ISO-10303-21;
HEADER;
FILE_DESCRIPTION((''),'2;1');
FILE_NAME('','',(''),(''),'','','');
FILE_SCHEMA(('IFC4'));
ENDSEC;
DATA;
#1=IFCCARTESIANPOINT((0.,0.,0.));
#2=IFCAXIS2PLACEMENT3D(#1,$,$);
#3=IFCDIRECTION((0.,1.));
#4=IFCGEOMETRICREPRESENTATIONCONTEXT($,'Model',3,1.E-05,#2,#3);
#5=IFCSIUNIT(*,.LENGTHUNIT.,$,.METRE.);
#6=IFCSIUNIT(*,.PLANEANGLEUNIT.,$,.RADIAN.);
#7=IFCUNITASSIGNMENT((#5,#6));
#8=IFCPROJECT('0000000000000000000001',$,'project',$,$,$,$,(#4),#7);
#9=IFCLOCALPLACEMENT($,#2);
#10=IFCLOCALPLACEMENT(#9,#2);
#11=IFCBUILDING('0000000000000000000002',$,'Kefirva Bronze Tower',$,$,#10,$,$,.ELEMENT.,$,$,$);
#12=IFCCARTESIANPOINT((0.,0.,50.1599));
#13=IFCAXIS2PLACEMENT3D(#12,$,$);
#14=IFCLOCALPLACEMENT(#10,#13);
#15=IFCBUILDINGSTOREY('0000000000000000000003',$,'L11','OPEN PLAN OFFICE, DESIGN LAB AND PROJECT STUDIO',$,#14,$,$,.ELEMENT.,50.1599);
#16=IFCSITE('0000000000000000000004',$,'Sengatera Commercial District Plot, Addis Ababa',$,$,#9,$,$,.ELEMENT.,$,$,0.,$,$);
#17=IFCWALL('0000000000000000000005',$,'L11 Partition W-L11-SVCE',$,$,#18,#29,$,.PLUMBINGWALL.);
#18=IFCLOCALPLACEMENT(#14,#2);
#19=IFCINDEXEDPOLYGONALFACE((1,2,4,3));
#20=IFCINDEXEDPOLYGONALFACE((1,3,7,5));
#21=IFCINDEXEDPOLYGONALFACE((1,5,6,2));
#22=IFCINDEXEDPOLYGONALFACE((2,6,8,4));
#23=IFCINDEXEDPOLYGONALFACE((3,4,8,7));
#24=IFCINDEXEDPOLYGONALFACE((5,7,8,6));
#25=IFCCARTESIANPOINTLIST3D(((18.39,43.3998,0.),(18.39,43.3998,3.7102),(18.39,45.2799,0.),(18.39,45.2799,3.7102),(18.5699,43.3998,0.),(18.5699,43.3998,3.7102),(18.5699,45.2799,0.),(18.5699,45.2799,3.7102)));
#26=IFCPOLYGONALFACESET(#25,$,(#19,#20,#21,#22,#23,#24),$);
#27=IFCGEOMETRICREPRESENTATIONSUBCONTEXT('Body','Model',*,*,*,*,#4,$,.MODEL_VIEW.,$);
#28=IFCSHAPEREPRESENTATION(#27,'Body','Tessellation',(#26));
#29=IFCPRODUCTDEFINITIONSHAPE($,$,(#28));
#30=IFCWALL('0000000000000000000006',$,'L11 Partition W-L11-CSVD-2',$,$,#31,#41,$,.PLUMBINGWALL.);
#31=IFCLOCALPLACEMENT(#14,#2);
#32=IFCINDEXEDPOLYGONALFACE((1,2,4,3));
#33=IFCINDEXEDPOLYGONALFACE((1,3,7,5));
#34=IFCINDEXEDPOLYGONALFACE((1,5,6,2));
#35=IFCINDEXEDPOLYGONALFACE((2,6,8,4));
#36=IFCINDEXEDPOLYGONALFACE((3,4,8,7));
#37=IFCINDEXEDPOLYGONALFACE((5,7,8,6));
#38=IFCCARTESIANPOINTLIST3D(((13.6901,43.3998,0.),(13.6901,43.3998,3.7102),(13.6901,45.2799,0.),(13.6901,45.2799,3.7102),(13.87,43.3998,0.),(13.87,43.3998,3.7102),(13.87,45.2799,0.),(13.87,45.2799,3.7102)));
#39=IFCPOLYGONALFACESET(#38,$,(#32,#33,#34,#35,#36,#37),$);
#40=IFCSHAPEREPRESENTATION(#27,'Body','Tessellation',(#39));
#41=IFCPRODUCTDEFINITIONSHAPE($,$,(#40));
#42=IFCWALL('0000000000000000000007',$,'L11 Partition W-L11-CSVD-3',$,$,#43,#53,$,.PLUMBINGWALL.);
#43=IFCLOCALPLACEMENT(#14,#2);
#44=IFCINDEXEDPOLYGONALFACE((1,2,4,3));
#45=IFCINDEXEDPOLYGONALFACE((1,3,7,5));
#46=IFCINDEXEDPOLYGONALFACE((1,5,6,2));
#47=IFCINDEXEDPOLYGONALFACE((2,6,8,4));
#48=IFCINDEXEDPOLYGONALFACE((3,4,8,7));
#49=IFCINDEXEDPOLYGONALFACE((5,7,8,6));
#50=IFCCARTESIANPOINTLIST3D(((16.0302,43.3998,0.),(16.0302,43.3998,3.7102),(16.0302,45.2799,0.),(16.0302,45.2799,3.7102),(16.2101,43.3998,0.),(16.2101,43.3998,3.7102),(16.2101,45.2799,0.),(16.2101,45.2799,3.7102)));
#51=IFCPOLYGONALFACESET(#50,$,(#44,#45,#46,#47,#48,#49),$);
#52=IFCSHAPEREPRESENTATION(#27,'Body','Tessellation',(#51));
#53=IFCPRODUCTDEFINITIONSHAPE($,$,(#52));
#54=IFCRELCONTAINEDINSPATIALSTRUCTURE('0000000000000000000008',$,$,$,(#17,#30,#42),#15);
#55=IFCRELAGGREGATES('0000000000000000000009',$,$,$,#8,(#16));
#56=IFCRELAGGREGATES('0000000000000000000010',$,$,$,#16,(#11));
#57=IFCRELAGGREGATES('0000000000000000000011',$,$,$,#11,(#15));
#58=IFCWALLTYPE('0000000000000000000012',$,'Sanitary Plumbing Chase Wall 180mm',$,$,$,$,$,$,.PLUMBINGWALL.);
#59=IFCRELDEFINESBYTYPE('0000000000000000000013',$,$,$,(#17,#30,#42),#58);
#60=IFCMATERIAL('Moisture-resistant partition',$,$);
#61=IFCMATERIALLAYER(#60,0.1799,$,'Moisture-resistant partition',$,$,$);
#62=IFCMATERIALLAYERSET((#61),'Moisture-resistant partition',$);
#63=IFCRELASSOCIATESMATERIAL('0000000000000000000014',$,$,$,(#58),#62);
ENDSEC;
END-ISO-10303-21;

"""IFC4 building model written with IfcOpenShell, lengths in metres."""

from ifc_helpers import new_model, si_unit, direction, frame, frame_2d, origin, place, context, subcontext, project, spatial, rectangle, extrude, material, layer, layer_set, type_object, element, save


model = new_model("IFC4")

# Units and contexts
model_context = context("Model", 3, precision=1e-05, world=origin(), true_north=direction((0.0, 1.0)))
body_context = subcontext(model_context, "Body", "Model", "MODEL_VIEW")
ifc_project = project(units=[si_unit("LENGTHUNIT", "METRE"), si_unit("PLANEANGLEUNIT", "RADIAN")], contexts=[model_context])

# Site, building, storey
site_placement = place(None, origin())
site = spatial("IfcSite", under=ifc_project, at=site_placement, Name="Sengatera Commercial District Plot, Addis Ababa", CompositionType="ELEMENT", RefElevation=0.0)
building_placement = place(site_placement, origin())
building = spatial("IfcBuilding", under=site, at=building_placement, Name="Kefirva Bronze Tower", CompositionType="ELEMENT")
storey_placement = place(building_placement, frame((0.0, 0.0, 50.1599)))
storey = spatial("IfcBuildingStorey", under=building, at=storey_placement, Name="L11", Description="OPEN PLAN OFFICE, DESIGN LAB AND PROJECT STUDIO", CompositionType="ELEMENT", Elevation=50.1599)

# Walls
ifc_material_1 = material(Name="Moisture-resistant partition")
ifc_layer_1 = layer(ifc_material_1, 0.1799, Name="Moisture-resistant partition")
ifc_layer_set_1 = layer_set([ifc_layer_1], Name="Moisture-resistant partition")
wall_type_1 = type_object("IfcWallType", Name="Sanitary Plumbing Chase Wall 180mm", PredefinedType="PLUMBINGWALL", material=ifc_layer_set_1)
for number, where, z_axis, x_axis, name in (
    (1, (18.48, 43.3999, 0.0), (0.0, 0.0, 1.0), (0.0, 1.0, 0.0), "L11 Partition W-L11-SVCE"),
    (2, (13.78, 43.3999, 0.0), (0.0, 0.0, 1.0), (0.0, 1.0, 0.0), "L11 Partition W-L11-CSVD-2"),
    (3, (16.1201, 43.3999, 0.0), (0.0, 0.0, 1.0), (0.0, 1.0, 0.0), "L11 Partition W-L11-CSVD-3"),
):
    element("IfcWall", number, at=place(storey_placement, frame(where, z_axis=z_axis, x_axis=x_axis)), inside=storey, type_object=wall_type_1, Name=name, PredefinedType="PLUMBINGWALL", context=body_context, shape_type="SweptSolid", body=[
        extrude(rectangle(XDim=1.8801, YDim=0.1799, at=frame_2d((0.9399, 0.0))), origin(), (0.0, 0.0, 1.0), 3.7102),
    ])

save(model, "model.ifc")
